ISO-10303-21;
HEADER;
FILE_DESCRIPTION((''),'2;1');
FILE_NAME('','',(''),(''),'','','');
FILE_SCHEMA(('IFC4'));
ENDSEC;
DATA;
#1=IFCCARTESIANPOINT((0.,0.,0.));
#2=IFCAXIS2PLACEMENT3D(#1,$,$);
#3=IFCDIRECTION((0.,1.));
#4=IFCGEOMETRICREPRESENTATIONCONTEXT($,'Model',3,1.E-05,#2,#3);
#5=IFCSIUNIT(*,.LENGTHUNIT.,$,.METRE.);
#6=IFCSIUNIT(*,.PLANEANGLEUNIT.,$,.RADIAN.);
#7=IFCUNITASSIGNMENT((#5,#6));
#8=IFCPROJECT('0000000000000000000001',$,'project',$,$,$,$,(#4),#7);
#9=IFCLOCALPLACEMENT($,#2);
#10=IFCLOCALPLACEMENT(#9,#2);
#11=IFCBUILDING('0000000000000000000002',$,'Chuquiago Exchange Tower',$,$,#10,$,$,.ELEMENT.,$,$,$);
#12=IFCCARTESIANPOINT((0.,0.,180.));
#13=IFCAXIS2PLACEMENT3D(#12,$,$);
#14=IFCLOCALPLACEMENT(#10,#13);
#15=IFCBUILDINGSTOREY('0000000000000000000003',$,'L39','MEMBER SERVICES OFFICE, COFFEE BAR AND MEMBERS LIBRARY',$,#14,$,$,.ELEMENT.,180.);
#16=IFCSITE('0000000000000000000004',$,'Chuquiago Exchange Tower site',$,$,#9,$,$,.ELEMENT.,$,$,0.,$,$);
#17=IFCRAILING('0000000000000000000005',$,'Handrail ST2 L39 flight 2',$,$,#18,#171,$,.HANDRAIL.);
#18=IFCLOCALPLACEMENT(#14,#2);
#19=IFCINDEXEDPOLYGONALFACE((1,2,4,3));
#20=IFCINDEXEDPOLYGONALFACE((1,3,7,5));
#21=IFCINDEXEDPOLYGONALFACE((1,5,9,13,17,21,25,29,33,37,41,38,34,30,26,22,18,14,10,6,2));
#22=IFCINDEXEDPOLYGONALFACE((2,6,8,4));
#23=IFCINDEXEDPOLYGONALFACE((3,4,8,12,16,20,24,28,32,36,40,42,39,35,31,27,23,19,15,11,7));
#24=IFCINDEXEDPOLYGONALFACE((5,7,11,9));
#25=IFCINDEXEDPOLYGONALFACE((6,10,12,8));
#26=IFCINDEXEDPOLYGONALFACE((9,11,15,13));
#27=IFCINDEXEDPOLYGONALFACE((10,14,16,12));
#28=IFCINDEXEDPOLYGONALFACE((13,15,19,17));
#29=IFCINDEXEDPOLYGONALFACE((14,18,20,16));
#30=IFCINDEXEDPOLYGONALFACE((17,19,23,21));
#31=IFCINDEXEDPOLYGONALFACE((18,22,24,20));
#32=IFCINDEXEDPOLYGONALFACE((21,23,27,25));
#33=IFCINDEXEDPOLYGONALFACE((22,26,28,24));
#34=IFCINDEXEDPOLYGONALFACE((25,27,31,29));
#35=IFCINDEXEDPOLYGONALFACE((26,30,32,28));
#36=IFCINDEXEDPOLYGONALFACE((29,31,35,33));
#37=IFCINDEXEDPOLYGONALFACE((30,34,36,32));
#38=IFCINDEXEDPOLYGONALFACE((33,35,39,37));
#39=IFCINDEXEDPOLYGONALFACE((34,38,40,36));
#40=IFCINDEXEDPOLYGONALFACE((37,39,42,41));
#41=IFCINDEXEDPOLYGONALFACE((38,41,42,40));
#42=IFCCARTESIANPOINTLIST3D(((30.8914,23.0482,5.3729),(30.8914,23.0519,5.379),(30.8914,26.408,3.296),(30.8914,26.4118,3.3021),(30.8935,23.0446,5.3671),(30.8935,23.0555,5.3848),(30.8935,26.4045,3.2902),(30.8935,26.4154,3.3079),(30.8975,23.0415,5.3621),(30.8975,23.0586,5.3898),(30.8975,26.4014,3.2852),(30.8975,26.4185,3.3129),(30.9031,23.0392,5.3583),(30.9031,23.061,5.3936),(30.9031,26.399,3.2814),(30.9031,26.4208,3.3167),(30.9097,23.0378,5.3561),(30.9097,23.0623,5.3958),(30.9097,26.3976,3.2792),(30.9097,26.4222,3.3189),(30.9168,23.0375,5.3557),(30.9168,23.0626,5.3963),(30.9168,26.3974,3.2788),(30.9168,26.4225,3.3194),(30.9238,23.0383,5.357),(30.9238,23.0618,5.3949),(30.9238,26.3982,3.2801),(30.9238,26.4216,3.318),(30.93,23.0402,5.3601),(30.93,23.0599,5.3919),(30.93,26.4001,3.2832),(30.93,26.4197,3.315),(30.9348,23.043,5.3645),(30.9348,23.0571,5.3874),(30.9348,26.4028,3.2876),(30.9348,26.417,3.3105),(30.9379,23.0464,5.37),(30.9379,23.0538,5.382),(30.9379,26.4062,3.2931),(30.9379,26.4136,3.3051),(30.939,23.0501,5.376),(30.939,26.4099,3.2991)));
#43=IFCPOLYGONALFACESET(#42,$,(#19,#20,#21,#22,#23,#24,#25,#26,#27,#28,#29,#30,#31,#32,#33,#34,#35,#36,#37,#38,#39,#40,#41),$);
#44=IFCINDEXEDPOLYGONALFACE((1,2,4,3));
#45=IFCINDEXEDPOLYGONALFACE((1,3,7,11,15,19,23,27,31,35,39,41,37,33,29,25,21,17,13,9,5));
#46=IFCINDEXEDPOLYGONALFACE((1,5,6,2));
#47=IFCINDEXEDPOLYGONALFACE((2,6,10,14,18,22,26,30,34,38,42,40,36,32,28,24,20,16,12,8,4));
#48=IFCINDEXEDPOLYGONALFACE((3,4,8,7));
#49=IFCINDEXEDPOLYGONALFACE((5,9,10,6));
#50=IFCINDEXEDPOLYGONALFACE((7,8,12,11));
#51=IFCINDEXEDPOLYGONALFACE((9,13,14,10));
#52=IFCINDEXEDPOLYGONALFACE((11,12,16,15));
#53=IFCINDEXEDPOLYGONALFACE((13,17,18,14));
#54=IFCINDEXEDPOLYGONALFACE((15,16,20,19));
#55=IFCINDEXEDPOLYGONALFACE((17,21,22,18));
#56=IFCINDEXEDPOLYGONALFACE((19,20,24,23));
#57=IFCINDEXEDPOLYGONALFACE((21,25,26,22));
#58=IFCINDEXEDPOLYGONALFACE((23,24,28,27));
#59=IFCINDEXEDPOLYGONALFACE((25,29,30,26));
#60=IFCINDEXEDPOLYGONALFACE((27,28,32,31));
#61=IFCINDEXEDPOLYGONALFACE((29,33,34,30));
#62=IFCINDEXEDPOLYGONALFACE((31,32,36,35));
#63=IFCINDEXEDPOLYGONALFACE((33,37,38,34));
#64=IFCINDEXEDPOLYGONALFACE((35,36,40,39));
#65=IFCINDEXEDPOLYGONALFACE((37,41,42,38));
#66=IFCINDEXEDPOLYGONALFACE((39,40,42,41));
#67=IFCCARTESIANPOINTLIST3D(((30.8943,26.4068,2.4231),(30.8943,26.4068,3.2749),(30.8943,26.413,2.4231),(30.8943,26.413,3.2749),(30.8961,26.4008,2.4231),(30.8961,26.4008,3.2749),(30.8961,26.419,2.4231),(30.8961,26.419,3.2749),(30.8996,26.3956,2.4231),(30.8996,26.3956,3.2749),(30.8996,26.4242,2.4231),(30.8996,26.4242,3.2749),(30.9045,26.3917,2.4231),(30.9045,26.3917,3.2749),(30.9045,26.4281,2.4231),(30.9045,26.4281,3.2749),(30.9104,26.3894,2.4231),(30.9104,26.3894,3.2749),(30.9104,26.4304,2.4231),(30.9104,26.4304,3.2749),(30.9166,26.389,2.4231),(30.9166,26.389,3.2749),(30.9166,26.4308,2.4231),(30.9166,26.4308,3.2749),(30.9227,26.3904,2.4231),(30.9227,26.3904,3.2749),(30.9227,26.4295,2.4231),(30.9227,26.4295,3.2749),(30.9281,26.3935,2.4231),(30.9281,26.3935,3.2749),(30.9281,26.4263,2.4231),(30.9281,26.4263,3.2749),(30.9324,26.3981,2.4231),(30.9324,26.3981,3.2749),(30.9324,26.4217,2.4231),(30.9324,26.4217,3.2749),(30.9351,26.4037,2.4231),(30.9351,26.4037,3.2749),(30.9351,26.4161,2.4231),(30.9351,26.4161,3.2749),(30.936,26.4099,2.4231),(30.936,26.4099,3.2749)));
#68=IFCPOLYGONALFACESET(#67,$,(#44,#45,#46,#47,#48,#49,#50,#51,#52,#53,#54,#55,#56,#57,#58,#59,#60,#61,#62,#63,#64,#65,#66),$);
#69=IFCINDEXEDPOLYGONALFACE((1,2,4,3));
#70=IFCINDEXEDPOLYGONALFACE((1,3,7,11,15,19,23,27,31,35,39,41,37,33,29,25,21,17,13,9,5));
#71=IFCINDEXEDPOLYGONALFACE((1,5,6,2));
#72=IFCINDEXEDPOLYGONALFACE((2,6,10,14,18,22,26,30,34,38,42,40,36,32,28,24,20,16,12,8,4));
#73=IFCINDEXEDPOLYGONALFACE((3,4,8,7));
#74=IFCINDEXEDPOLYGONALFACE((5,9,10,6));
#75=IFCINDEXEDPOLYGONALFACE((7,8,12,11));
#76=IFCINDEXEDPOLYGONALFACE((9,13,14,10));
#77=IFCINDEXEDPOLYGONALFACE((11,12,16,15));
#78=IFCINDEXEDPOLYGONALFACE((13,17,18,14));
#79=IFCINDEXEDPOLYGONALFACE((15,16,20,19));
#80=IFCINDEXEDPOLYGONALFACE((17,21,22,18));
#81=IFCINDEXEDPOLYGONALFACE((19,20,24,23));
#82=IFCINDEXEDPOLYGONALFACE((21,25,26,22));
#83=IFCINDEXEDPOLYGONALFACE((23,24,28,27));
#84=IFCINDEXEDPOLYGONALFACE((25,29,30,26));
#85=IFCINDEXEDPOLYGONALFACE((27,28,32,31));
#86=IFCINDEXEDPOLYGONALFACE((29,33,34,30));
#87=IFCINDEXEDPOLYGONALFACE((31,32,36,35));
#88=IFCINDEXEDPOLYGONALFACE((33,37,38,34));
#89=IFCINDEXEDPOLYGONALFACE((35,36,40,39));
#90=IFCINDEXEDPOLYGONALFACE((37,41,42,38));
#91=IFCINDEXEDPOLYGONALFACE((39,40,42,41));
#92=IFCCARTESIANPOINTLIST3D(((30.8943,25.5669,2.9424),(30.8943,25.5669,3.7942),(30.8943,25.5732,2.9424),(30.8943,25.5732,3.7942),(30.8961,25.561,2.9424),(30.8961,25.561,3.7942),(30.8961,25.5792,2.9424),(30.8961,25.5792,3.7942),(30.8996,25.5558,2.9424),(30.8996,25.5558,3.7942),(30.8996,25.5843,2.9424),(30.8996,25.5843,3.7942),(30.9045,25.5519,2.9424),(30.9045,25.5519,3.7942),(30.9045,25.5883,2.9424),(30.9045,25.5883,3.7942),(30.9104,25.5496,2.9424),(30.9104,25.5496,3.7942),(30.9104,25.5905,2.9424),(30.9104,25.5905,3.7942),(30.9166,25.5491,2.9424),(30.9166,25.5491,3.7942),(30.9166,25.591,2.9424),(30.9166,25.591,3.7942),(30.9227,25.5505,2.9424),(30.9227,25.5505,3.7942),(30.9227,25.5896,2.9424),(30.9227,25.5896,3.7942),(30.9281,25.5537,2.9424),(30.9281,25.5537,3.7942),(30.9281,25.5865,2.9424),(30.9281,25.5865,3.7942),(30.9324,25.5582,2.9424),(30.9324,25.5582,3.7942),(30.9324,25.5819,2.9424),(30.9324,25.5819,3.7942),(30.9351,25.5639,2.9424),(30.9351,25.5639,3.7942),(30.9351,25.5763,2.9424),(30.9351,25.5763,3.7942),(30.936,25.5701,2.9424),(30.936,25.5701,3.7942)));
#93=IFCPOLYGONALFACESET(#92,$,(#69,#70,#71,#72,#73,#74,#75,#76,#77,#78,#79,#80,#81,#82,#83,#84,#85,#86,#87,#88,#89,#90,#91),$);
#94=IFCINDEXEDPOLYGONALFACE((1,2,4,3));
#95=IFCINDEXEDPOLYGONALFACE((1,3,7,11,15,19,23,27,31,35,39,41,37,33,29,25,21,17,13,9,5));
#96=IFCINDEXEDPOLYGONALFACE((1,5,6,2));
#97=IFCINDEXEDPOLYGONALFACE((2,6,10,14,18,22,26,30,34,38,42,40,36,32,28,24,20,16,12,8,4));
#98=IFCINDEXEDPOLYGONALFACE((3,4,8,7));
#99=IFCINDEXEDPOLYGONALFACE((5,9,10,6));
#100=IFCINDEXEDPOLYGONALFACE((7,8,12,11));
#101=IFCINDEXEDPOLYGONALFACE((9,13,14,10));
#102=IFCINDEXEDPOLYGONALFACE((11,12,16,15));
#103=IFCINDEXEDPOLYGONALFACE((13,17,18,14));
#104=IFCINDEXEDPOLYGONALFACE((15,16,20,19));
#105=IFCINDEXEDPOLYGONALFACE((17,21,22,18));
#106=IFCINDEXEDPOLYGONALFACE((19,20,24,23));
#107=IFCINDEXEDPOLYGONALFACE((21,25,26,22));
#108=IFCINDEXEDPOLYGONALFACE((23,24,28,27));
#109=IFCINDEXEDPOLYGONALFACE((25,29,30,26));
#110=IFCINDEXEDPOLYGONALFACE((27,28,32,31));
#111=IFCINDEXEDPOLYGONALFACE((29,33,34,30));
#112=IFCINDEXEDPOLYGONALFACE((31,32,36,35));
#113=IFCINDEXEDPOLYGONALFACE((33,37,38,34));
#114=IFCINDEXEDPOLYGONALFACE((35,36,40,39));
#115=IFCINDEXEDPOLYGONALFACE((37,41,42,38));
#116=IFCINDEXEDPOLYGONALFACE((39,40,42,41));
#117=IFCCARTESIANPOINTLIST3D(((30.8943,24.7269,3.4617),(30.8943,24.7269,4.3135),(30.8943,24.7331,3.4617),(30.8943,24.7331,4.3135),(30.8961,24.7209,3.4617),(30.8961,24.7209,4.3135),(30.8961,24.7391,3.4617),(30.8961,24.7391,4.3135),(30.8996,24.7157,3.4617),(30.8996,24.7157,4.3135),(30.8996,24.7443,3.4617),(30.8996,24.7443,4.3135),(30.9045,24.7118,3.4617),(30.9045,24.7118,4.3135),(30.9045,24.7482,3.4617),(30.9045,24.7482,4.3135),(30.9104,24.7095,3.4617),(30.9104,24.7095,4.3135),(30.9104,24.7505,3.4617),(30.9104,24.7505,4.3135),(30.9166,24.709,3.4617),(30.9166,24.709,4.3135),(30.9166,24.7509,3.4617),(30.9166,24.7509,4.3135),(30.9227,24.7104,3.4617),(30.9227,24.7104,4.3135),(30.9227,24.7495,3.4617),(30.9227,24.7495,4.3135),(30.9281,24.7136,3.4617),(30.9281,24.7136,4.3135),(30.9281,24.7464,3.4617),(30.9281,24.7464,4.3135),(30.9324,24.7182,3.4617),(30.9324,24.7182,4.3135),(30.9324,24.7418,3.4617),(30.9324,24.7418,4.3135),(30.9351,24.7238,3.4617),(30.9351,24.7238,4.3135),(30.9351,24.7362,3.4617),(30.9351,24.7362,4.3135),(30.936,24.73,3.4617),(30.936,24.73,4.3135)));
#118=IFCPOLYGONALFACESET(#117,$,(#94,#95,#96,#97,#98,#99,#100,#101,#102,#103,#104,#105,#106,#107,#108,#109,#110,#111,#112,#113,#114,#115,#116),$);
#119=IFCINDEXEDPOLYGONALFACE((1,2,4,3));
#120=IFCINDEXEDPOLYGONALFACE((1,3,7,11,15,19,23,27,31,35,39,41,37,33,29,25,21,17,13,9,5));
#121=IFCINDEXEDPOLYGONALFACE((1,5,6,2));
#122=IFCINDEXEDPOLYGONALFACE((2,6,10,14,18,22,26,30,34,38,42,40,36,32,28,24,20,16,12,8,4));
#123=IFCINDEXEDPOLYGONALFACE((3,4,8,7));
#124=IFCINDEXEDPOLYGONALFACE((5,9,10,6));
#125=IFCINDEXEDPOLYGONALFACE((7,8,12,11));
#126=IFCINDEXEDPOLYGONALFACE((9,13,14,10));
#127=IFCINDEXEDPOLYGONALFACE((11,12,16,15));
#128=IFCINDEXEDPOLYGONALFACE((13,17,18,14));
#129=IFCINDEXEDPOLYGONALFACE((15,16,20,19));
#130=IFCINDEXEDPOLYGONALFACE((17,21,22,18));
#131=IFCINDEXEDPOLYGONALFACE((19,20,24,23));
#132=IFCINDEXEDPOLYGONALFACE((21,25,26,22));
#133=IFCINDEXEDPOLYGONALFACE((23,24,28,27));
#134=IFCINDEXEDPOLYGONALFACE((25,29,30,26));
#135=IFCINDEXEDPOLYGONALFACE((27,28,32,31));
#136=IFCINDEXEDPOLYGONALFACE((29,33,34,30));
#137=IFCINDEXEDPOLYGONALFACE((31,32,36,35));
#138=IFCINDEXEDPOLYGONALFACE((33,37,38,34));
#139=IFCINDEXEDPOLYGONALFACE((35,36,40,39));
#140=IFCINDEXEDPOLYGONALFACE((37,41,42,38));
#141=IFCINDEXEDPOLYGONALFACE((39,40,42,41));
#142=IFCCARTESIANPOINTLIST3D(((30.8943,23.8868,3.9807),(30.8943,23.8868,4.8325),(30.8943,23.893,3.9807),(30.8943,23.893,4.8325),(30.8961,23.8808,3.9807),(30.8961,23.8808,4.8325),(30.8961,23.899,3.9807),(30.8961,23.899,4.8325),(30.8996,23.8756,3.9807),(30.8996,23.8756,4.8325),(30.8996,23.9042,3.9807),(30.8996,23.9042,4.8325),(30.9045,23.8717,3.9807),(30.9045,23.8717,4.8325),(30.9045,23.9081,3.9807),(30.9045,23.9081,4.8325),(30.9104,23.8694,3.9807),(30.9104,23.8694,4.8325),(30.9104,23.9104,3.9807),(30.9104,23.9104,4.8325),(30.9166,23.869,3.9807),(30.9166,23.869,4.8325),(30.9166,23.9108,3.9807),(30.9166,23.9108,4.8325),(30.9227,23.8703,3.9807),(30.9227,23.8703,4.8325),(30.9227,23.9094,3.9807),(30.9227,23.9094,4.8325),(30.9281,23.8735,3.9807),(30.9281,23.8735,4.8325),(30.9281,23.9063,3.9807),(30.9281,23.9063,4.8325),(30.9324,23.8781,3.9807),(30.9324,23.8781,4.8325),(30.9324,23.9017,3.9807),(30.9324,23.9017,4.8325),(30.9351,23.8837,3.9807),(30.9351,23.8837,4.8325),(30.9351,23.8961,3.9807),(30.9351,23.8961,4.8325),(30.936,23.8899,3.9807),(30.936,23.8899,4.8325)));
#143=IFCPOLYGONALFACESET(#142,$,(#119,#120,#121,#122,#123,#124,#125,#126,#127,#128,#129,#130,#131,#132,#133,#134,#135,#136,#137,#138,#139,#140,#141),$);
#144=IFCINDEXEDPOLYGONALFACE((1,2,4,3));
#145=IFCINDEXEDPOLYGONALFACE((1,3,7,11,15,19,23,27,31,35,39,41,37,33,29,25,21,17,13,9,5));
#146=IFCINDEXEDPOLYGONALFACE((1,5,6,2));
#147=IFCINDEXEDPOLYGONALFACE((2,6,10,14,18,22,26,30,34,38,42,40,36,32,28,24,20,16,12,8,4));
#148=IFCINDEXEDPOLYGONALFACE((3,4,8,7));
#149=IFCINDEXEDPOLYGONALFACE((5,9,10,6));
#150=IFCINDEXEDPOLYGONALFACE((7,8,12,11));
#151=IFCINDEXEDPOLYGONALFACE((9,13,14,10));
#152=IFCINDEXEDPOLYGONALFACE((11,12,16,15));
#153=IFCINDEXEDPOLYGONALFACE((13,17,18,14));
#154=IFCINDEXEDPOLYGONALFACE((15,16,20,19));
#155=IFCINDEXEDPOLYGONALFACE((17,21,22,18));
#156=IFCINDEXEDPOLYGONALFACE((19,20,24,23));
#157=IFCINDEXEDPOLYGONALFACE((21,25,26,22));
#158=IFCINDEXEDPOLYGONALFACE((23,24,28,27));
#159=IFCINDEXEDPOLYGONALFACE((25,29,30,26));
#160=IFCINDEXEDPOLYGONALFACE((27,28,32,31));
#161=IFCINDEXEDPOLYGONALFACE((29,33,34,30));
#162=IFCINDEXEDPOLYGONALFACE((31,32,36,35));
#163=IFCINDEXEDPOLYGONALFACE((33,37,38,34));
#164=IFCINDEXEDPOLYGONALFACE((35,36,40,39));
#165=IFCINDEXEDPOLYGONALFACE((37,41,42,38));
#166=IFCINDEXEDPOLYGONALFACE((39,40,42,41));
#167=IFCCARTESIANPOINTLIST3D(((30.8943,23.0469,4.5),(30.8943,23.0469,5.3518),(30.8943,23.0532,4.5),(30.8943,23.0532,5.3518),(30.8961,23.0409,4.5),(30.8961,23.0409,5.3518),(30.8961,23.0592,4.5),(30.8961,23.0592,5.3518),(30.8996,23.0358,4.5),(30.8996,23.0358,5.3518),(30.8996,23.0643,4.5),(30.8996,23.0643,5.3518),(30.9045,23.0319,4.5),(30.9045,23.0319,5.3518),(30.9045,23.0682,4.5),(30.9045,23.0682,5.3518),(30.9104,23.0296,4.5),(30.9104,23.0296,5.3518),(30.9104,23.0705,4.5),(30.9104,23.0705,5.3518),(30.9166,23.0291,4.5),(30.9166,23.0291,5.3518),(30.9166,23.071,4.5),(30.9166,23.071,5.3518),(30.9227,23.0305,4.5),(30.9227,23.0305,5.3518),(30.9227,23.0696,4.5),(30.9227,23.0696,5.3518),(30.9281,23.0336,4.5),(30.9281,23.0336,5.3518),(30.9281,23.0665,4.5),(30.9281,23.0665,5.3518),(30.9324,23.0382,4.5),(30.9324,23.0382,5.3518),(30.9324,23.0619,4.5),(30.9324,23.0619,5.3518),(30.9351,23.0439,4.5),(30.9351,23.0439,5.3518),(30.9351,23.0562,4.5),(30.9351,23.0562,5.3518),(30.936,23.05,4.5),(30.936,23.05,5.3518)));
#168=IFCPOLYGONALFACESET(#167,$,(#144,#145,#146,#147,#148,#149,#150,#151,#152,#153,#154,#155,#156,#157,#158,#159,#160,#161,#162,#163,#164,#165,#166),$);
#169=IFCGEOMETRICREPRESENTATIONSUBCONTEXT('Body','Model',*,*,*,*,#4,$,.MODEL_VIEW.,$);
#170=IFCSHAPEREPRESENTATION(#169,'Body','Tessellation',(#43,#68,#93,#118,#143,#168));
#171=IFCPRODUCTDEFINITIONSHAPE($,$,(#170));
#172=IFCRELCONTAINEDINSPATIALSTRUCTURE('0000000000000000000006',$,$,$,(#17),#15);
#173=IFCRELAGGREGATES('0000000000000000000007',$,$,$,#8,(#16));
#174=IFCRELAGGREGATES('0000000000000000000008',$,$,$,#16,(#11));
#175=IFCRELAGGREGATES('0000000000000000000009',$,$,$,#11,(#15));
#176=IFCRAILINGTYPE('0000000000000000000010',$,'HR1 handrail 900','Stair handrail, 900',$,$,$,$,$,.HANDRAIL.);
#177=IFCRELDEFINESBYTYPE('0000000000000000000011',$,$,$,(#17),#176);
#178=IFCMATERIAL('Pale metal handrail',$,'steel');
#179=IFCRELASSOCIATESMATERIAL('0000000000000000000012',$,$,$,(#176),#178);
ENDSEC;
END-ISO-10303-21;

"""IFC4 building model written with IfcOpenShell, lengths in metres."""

from ifc_helpers import new_model, si_unit, direction, frame, origin, origin_2d, place, context, subcontext, project, spatial, circle, extrude, material, type_object, element, save


model = new_model("IFC4")

# Units and contexts
model_context = context("Model", 3, precision=1e-05, world=origin(), true_north=direction((0.0, 1.0)))
body_context = subcontext(model_context, "Body", "Model", "MODEL_VIEW")
ifc_project = project(units=[si_unit("LENGTHUNIT", "METRE"), si_unit("PLANEANGLEUNIT", "RADIAN")], contexts=[model_context])

# Site, building, storey
site_placement = place(None, origin())
site = spatial("IfcSite", under=ifc_project, at=site_placement, Name="Chuquiago Exchange Tower site", CompositionType="ELEMENT", RefElevation=0.0)
building_placement = place(site_placement, origin())
building = spatial("IfcBuilding", under=site, at=building_placement, Name="Chuquiago Exchange Tower", CompositionType="ELEMENT")
storey_placement = place(building_placement, frame((0.0, 0.0, 180.0)))
storey = spatial("IfcBuildingStorey", under=building, at=storey_placement, Name="L39", Description="MEMBER SERVICES OFFICE, COFFEE BAR AND MEMBERS LIBRARY", CompositionType="ELEMENT", Elevation=180.0)

# Railing
ifc_material_1 = material(Name="Pale metal handrail", Category="steel")
railing_type_1 = type_object("IfcRailingType", Name="HR1 handrail 900", Description="Stair handrail, 900", PredefinedType="HANDRAIL", material=ifc_material_1)
for number, where, name in (
    (1, (30.915, 26.4099, 2.4231), "Handrail ST2 L39 flight 2"),
):
    element("IfcRailing", number, at=place(storey_placement, frame(where)), inside=storey, type_object=railing_type_1, Name=name, PredefinedType="HANDRAIL", context=body_context, shape_type="SweptSolid", body=[
        extrude(circle(Radius=0.0239, at=origin_2d()), frame((0.0, 0.0, 0.876), z_axis=(0.0, -0.850606, 0.525803), x_axis=(1.0, 0.0, 0.0)), (0.0, 0.0, 1.0), 3.95),
        extrude(circle(Radius=0.021, at=origin_2d()), origin(), (0.0, 0.0, 1.0), 0.8518),
        extrude(circle(Radius=0.021, at=origin_2d()), frame((0.0, -0.8398, 0.5193)), (0.0, 0.0, 1.0), 0.8518),
        extrude(circle(Radius=0.021, at=origin_2d()), frame((0.0, -1.6799, 1.0386)), (0.0, 0.0, 1.0), 0.8518),
        extrude(circle(Radius=0.021, at=origin_2d()), frame((0.0, -2.52, 1.5576)), (0.0, 0.0, 1.0), 0.8518),
        extrude(circle(Radius=0.021, at=origin_2d()), frame((0.0, -3.3599, 2.0769)), (0.0, 0.0, 1.0), 0.8518),
    ])

save(model, "model.ifc")
